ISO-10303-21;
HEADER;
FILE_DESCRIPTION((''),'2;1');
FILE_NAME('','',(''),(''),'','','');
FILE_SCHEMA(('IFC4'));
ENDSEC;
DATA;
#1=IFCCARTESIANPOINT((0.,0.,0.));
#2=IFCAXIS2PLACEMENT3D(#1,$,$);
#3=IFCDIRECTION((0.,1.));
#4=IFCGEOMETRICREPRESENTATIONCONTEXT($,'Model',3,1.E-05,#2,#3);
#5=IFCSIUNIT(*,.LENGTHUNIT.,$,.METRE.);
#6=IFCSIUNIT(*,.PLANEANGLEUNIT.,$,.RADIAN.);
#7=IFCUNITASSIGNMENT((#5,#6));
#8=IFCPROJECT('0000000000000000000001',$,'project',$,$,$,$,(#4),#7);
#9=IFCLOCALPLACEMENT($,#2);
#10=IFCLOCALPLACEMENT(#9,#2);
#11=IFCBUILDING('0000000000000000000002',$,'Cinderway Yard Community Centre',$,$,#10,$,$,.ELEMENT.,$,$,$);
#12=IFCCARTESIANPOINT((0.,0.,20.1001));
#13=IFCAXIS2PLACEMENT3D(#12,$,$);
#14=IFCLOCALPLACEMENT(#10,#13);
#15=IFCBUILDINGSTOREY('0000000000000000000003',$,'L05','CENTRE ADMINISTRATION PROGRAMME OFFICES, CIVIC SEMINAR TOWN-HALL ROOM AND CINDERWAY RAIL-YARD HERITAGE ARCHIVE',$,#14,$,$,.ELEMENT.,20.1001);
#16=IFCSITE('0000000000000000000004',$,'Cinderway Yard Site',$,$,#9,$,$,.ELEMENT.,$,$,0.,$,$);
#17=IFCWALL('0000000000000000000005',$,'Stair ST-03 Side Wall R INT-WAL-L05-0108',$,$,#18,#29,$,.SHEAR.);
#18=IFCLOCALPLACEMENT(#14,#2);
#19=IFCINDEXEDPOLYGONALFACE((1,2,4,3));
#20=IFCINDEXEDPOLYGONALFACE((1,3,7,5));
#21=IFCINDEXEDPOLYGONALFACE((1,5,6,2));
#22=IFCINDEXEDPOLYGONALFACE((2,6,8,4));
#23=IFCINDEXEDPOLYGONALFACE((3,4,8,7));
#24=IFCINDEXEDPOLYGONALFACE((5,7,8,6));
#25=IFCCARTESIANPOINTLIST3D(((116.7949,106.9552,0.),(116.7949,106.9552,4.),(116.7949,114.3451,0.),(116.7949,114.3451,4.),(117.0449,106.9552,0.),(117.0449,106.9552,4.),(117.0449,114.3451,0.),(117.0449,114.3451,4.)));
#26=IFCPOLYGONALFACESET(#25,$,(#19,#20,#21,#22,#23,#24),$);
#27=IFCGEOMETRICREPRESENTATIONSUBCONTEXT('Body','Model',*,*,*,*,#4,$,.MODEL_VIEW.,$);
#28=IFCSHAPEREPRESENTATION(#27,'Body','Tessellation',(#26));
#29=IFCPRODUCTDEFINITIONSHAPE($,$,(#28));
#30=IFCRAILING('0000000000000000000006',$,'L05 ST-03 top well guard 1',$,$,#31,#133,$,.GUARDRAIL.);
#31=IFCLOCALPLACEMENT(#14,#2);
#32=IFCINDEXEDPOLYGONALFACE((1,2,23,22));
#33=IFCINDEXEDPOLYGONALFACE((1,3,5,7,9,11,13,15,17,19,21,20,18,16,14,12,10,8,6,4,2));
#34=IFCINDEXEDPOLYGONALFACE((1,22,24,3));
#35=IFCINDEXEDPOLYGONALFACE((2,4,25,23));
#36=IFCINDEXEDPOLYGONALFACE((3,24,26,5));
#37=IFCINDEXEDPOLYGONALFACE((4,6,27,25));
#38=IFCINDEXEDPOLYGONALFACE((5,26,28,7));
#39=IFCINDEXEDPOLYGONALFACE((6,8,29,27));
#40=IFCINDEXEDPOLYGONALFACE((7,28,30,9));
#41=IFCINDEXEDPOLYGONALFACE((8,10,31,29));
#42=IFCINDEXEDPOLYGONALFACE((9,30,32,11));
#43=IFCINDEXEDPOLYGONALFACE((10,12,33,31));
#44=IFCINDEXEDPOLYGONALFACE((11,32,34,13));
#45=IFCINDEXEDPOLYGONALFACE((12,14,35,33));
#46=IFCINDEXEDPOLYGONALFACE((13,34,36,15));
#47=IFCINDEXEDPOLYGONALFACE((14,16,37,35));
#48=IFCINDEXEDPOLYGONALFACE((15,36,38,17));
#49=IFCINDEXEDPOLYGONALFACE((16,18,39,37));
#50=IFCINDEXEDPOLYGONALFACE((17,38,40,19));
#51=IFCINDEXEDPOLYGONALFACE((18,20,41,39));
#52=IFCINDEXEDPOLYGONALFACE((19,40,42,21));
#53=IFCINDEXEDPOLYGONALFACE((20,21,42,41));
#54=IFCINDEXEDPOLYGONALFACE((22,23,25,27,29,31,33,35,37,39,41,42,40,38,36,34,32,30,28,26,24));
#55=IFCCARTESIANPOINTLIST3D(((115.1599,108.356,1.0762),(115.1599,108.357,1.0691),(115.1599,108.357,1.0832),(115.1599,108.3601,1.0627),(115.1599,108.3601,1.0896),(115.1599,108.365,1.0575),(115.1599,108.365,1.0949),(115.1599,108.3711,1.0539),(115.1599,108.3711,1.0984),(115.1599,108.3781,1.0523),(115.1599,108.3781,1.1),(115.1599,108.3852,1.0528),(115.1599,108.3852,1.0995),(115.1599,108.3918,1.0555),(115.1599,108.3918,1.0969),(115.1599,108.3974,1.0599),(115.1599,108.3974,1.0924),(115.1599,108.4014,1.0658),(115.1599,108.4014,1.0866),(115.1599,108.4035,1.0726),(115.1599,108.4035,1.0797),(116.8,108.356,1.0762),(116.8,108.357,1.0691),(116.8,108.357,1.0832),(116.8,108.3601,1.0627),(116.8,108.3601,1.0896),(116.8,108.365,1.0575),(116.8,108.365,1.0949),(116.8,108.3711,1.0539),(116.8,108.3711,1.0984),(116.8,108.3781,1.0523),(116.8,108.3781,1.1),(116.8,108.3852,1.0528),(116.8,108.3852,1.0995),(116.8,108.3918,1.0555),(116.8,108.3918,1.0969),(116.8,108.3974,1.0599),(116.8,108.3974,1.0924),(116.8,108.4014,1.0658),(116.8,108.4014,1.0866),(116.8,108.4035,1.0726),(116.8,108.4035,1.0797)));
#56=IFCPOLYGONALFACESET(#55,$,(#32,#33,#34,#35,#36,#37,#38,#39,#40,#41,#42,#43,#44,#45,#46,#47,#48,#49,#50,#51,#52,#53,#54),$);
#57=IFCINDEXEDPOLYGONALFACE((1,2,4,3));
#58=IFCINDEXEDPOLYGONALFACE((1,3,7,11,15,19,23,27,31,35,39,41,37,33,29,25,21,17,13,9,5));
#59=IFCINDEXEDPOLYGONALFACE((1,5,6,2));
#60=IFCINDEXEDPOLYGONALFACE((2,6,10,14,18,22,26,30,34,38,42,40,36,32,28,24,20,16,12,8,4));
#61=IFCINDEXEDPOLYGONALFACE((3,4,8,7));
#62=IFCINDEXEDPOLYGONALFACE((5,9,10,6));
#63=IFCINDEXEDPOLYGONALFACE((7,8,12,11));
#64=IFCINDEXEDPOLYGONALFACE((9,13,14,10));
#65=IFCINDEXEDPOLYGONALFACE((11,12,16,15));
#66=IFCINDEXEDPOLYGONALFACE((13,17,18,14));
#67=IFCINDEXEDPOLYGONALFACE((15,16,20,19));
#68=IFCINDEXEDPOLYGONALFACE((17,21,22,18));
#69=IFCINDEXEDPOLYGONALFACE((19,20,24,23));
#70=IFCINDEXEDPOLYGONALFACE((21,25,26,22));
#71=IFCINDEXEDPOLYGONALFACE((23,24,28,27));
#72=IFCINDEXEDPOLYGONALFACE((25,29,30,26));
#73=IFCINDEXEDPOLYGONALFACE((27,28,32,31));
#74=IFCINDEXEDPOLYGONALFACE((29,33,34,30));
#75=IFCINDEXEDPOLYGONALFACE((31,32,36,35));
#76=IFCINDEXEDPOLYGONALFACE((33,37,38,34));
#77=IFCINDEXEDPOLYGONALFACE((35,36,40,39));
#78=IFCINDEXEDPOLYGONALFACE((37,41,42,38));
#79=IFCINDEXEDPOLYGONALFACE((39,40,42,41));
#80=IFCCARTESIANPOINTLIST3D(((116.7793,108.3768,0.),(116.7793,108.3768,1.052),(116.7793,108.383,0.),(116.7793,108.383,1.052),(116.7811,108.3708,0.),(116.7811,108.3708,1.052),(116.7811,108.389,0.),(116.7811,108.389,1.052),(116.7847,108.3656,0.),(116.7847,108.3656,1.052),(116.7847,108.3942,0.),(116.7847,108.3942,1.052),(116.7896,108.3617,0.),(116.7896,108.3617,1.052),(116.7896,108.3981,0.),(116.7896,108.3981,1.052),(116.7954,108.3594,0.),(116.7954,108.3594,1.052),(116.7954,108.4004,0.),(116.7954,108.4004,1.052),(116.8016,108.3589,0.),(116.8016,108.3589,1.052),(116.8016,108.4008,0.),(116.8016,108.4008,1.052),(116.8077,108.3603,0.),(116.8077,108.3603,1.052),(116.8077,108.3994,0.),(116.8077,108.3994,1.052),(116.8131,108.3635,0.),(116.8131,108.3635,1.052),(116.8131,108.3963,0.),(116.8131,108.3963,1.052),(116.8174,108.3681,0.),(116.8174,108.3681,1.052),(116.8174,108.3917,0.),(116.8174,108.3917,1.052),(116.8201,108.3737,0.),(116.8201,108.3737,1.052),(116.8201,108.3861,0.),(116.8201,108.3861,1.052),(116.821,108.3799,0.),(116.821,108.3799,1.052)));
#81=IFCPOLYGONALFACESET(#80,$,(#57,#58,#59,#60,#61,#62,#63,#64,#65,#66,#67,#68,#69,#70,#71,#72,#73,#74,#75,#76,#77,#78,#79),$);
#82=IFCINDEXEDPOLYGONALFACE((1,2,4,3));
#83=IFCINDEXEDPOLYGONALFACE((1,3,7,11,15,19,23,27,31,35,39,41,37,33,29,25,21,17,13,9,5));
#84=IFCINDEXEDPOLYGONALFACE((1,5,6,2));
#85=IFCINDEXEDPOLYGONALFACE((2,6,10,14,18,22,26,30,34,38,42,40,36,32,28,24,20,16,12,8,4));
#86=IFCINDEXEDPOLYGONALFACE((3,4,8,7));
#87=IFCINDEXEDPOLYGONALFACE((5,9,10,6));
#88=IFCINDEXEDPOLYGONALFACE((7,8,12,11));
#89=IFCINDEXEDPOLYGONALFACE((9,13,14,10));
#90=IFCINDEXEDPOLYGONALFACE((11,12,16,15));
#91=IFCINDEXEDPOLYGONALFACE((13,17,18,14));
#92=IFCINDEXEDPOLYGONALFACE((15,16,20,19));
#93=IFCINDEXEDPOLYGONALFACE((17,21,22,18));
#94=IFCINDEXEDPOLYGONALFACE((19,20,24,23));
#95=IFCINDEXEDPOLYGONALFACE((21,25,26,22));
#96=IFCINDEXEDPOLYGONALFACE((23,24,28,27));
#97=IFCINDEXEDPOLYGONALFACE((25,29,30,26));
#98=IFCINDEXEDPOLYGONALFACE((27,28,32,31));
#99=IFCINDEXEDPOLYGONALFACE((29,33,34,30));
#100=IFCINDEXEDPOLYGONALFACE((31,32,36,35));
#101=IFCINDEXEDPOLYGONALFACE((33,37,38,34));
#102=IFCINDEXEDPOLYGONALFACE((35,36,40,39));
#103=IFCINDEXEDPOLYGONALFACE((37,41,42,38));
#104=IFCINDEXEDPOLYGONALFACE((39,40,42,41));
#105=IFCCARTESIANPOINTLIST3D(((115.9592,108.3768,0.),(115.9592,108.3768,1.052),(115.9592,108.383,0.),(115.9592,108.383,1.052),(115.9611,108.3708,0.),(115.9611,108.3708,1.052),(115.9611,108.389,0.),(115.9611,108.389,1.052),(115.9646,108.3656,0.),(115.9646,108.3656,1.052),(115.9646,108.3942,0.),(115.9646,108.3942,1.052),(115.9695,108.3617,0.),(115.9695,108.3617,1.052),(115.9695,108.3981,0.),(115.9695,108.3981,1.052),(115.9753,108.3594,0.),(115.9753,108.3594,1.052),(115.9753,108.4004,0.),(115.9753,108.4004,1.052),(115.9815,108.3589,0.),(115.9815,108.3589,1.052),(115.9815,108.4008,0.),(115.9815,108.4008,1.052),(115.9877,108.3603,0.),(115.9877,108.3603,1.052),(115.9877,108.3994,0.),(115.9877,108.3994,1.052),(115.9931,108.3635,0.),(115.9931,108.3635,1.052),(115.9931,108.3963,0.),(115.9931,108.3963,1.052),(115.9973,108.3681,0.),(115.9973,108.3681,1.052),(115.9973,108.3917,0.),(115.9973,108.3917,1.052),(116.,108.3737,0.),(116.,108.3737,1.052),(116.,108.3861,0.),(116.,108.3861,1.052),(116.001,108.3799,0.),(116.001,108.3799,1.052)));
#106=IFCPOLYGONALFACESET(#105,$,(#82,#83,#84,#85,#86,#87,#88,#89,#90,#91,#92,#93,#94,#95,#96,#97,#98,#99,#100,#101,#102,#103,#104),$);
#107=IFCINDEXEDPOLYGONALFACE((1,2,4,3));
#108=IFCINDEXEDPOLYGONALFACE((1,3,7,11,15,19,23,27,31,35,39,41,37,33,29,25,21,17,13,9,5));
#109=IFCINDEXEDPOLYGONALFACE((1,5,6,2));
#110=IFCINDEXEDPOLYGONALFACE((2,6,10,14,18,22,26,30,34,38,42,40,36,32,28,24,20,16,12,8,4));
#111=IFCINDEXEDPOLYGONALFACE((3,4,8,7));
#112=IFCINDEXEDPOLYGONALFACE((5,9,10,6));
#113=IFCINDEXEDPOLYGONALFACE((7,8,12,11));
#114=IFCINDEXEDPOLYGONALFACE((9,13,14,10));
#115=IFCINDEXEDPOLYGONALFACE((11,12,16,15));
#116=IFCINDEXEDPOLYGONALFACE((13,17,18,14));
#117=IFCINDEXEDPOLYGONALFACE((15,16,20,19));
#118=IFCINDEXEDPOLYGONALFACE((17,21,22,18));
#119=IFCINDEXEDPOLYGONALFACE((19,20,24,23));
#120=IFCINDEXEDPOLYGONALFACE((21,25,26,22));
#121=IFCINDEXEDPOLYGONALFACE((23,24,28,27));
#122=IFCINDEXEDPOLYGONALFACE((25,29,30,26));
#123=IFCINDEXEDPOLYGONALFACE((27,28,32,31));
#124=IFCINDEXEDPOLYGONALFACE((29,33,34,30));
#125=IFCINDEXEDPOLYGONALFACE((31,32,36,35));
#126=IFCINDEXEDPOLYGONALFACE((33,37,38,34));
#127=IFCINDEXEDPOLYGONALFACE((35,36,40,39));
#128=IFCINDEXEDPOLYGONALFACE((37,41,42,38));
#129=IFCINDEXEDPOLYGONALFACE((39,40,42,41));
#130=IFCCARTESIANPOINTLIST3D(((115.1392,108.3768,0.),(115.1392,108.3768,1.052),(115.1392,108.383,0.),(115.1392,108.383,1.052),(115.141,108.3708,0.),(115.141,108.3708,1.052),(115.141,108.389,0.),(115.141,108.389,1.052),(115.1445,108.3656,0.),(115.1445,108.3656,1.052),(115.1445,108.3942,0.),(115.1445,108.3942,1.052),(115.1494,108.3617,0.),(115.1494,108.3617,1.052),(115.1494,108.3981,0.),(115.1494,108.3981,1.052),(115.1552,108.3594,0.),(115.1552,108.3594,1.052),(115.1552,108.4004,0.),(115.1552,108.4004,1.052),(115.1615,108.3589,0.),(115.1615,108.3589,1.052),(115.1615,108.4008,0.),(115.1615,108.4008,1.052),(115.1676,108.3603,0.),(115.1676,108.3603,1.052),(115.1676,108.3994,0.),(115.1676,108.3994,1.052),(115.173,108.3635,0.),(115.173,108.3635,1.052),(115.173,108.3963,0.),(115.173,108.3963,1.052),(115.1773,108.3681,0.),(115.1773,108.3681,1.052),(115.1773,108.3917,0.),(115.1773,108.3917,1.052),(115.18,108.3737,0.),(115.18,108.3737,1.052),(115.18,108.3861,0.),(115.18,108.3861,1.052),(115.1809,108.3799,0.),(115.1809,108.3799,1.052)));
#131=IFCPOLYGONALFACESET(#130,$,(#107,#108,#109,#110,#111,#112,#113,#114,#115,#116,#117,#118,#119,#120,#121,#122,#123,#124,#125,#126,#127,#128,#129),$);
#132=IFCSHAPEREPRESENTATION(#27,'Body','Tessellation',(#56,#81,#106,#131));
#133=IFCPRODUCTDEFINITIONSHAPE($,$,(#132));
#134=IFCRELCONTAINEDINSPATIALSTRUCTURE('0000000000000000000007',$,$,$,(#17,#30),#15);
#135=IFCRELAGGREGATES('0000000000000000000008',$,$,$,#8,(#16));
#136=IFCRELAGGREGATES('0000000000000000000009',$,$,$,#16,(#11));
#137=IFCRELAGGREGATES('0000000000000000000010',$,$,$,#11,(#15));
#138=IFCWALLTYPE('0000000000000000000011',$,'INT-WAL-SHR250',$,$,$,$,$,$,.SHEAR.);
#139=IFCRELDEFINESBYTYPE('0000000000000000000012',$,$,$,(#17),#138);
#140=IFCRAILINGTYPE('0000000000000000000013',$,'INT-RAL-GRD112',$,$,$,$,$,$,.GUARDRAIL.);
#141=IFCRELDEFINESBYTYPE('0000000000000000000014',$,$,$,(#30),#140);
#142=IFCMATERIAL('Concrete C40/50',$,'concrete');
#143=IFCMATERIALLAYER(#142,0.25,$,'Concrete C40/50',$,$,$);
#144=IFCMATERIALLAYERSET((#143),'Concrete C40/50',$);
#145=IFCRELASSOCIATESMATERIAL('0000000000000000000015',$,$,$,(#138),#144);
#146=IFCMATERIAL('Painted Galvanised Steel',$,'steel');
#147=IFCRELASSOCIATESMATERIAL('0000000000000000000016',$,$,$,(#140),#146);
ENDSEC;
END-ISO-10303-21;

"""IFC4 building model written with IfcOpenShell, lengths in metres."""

from ifc_helpers import new_model, si_unit, direction, frame, frame_2d, origin, origin_2d, place, context, subcontext, project, spatial, rectangle, circle, extrude, material, layer, layer_set, type_object, element, save


model = new_model("IFC4")

# Units and contexts
model_context = context("Model", 3, precision=1e-05, world=origin(), true_north=direction((0.0, 1.0)))
body_context = subcontext(model_context, "Body", "Model", "MODEL_VIEW")
ifc_project = project(units=[si_unit("LENGTHUNIT", "METRE"), si_unit("PLANEANGLEUNIT", "RADIAN")], contexts=[model_context])

# Site, building, storey
site_placement = place(None, origin())
site = spatial("IfcSite", under=ifc_project, at=site_placement, Name="Cinderway Yard Site", CompositionType="ELEMENT", RefElevation=0.0)
building_placement = place(site_placement, origin())
building = spatial("IfcBuilding", under=site, at=building_placement, Name="Cinderway Yard Community Centre", CompositionType="ELEMENT")
storey_placement = place(building_placement, frame((0.0, 0.0, 20.1001)))
storey = spatial("IfcBuildingStorey", under=building, at=storey_placement, Name="L05", Description="CENTRE ADMINISTRATION PROGRAMME OFFICES, CIVIC SEMINAR TOWN-HALL ROOM AND CINDERWAY RAIL-YARD HERITAGE ARCHIVE", CompositionType="ELEMENT", Elevation=20.1001)

# Shared definitions
ifc_material_1 = material(Name="Concrete C40/50", Category="concrete")

# Shared definitions
ifc_layer_1 = layer(ifc_material_1, 0.25, Name="Concrete C40/50")
ifc_layer_set_1 = layer_set([ifc_layer_1], Name="Concrete C40/50")
wall_type_1 = type_object("IfcWallType", Name="INT-WAL-SHR250", PredefinedType="SHEAR", material=ifc_layer_set_1)
ifc_material_2 = material(Name="Painted Galvanised Steel", Category="steel")

# Wall
wall_1_placement = place(storey_placement, frame((116.9199, 114.345, 0.0), z_axis=(0.0, 0.0, 1.0), x_axis=(0.0, -1.0, 0.0)))
element("IfcWall", 1, at=wall_1_placement, inside=storey, type_object=wall_type_1, Name="Stair ST-03 Side Wall R INT-WAL-L05-0108", PredefinedType="SHEAR", context=body_context, shape_type="SweptSolid", body=[
    extrude(rectangle(XDim=7.3899, YDim=0.25, at=frame_2d((3.6948, 0.0))), origin(), (0.0, 0.0, 1.0), 4.0),
])

# Railing
railing_type = type_object("IfcRailingType", Name="INT-RAL-GRD112", PredefinedType="GUARDRAIL", material=ifc_material_2)
railing_1_placement = place(storey_placement, frame((116.8, 108.3799, 0.0)))
element("IfcRailing", 2, at=railing_1_placement, inside=storey, type_object=railing_type, Name="L05 ST-03 top well guard 1", PredefinedType="GUARDRAIL", context=body_context, shape_type="SweptSolid", body=[
    extrude(circle(Radius=0.0239, at=origin_2d()), frame((0.0, 0.0, 1.0762), z_axis=(-1.0, 0.0, 0.0), x_axis=(0.0, -1.0, 0.0)), (0.0, 0.0, 1.0), 1.6401),
    extrude(circle(Radius=0.021, at=origin_2d()), origin(), (0.0, 0.0, 1.0), 1.052),
    extrude(circle(Radius=0.021, at=origin_2d()), frame((-0.8201, 0.0, 0.0)), (0.0, 0.0, 1.0), 1.052),
    extrude(circle(Radius=0.021, at=origin_2d()), frame((-1.6401, 0.0, 0.0)), (0.0, 0.0, 1.0), 1.052),
])

save(model, "model.ifc")
